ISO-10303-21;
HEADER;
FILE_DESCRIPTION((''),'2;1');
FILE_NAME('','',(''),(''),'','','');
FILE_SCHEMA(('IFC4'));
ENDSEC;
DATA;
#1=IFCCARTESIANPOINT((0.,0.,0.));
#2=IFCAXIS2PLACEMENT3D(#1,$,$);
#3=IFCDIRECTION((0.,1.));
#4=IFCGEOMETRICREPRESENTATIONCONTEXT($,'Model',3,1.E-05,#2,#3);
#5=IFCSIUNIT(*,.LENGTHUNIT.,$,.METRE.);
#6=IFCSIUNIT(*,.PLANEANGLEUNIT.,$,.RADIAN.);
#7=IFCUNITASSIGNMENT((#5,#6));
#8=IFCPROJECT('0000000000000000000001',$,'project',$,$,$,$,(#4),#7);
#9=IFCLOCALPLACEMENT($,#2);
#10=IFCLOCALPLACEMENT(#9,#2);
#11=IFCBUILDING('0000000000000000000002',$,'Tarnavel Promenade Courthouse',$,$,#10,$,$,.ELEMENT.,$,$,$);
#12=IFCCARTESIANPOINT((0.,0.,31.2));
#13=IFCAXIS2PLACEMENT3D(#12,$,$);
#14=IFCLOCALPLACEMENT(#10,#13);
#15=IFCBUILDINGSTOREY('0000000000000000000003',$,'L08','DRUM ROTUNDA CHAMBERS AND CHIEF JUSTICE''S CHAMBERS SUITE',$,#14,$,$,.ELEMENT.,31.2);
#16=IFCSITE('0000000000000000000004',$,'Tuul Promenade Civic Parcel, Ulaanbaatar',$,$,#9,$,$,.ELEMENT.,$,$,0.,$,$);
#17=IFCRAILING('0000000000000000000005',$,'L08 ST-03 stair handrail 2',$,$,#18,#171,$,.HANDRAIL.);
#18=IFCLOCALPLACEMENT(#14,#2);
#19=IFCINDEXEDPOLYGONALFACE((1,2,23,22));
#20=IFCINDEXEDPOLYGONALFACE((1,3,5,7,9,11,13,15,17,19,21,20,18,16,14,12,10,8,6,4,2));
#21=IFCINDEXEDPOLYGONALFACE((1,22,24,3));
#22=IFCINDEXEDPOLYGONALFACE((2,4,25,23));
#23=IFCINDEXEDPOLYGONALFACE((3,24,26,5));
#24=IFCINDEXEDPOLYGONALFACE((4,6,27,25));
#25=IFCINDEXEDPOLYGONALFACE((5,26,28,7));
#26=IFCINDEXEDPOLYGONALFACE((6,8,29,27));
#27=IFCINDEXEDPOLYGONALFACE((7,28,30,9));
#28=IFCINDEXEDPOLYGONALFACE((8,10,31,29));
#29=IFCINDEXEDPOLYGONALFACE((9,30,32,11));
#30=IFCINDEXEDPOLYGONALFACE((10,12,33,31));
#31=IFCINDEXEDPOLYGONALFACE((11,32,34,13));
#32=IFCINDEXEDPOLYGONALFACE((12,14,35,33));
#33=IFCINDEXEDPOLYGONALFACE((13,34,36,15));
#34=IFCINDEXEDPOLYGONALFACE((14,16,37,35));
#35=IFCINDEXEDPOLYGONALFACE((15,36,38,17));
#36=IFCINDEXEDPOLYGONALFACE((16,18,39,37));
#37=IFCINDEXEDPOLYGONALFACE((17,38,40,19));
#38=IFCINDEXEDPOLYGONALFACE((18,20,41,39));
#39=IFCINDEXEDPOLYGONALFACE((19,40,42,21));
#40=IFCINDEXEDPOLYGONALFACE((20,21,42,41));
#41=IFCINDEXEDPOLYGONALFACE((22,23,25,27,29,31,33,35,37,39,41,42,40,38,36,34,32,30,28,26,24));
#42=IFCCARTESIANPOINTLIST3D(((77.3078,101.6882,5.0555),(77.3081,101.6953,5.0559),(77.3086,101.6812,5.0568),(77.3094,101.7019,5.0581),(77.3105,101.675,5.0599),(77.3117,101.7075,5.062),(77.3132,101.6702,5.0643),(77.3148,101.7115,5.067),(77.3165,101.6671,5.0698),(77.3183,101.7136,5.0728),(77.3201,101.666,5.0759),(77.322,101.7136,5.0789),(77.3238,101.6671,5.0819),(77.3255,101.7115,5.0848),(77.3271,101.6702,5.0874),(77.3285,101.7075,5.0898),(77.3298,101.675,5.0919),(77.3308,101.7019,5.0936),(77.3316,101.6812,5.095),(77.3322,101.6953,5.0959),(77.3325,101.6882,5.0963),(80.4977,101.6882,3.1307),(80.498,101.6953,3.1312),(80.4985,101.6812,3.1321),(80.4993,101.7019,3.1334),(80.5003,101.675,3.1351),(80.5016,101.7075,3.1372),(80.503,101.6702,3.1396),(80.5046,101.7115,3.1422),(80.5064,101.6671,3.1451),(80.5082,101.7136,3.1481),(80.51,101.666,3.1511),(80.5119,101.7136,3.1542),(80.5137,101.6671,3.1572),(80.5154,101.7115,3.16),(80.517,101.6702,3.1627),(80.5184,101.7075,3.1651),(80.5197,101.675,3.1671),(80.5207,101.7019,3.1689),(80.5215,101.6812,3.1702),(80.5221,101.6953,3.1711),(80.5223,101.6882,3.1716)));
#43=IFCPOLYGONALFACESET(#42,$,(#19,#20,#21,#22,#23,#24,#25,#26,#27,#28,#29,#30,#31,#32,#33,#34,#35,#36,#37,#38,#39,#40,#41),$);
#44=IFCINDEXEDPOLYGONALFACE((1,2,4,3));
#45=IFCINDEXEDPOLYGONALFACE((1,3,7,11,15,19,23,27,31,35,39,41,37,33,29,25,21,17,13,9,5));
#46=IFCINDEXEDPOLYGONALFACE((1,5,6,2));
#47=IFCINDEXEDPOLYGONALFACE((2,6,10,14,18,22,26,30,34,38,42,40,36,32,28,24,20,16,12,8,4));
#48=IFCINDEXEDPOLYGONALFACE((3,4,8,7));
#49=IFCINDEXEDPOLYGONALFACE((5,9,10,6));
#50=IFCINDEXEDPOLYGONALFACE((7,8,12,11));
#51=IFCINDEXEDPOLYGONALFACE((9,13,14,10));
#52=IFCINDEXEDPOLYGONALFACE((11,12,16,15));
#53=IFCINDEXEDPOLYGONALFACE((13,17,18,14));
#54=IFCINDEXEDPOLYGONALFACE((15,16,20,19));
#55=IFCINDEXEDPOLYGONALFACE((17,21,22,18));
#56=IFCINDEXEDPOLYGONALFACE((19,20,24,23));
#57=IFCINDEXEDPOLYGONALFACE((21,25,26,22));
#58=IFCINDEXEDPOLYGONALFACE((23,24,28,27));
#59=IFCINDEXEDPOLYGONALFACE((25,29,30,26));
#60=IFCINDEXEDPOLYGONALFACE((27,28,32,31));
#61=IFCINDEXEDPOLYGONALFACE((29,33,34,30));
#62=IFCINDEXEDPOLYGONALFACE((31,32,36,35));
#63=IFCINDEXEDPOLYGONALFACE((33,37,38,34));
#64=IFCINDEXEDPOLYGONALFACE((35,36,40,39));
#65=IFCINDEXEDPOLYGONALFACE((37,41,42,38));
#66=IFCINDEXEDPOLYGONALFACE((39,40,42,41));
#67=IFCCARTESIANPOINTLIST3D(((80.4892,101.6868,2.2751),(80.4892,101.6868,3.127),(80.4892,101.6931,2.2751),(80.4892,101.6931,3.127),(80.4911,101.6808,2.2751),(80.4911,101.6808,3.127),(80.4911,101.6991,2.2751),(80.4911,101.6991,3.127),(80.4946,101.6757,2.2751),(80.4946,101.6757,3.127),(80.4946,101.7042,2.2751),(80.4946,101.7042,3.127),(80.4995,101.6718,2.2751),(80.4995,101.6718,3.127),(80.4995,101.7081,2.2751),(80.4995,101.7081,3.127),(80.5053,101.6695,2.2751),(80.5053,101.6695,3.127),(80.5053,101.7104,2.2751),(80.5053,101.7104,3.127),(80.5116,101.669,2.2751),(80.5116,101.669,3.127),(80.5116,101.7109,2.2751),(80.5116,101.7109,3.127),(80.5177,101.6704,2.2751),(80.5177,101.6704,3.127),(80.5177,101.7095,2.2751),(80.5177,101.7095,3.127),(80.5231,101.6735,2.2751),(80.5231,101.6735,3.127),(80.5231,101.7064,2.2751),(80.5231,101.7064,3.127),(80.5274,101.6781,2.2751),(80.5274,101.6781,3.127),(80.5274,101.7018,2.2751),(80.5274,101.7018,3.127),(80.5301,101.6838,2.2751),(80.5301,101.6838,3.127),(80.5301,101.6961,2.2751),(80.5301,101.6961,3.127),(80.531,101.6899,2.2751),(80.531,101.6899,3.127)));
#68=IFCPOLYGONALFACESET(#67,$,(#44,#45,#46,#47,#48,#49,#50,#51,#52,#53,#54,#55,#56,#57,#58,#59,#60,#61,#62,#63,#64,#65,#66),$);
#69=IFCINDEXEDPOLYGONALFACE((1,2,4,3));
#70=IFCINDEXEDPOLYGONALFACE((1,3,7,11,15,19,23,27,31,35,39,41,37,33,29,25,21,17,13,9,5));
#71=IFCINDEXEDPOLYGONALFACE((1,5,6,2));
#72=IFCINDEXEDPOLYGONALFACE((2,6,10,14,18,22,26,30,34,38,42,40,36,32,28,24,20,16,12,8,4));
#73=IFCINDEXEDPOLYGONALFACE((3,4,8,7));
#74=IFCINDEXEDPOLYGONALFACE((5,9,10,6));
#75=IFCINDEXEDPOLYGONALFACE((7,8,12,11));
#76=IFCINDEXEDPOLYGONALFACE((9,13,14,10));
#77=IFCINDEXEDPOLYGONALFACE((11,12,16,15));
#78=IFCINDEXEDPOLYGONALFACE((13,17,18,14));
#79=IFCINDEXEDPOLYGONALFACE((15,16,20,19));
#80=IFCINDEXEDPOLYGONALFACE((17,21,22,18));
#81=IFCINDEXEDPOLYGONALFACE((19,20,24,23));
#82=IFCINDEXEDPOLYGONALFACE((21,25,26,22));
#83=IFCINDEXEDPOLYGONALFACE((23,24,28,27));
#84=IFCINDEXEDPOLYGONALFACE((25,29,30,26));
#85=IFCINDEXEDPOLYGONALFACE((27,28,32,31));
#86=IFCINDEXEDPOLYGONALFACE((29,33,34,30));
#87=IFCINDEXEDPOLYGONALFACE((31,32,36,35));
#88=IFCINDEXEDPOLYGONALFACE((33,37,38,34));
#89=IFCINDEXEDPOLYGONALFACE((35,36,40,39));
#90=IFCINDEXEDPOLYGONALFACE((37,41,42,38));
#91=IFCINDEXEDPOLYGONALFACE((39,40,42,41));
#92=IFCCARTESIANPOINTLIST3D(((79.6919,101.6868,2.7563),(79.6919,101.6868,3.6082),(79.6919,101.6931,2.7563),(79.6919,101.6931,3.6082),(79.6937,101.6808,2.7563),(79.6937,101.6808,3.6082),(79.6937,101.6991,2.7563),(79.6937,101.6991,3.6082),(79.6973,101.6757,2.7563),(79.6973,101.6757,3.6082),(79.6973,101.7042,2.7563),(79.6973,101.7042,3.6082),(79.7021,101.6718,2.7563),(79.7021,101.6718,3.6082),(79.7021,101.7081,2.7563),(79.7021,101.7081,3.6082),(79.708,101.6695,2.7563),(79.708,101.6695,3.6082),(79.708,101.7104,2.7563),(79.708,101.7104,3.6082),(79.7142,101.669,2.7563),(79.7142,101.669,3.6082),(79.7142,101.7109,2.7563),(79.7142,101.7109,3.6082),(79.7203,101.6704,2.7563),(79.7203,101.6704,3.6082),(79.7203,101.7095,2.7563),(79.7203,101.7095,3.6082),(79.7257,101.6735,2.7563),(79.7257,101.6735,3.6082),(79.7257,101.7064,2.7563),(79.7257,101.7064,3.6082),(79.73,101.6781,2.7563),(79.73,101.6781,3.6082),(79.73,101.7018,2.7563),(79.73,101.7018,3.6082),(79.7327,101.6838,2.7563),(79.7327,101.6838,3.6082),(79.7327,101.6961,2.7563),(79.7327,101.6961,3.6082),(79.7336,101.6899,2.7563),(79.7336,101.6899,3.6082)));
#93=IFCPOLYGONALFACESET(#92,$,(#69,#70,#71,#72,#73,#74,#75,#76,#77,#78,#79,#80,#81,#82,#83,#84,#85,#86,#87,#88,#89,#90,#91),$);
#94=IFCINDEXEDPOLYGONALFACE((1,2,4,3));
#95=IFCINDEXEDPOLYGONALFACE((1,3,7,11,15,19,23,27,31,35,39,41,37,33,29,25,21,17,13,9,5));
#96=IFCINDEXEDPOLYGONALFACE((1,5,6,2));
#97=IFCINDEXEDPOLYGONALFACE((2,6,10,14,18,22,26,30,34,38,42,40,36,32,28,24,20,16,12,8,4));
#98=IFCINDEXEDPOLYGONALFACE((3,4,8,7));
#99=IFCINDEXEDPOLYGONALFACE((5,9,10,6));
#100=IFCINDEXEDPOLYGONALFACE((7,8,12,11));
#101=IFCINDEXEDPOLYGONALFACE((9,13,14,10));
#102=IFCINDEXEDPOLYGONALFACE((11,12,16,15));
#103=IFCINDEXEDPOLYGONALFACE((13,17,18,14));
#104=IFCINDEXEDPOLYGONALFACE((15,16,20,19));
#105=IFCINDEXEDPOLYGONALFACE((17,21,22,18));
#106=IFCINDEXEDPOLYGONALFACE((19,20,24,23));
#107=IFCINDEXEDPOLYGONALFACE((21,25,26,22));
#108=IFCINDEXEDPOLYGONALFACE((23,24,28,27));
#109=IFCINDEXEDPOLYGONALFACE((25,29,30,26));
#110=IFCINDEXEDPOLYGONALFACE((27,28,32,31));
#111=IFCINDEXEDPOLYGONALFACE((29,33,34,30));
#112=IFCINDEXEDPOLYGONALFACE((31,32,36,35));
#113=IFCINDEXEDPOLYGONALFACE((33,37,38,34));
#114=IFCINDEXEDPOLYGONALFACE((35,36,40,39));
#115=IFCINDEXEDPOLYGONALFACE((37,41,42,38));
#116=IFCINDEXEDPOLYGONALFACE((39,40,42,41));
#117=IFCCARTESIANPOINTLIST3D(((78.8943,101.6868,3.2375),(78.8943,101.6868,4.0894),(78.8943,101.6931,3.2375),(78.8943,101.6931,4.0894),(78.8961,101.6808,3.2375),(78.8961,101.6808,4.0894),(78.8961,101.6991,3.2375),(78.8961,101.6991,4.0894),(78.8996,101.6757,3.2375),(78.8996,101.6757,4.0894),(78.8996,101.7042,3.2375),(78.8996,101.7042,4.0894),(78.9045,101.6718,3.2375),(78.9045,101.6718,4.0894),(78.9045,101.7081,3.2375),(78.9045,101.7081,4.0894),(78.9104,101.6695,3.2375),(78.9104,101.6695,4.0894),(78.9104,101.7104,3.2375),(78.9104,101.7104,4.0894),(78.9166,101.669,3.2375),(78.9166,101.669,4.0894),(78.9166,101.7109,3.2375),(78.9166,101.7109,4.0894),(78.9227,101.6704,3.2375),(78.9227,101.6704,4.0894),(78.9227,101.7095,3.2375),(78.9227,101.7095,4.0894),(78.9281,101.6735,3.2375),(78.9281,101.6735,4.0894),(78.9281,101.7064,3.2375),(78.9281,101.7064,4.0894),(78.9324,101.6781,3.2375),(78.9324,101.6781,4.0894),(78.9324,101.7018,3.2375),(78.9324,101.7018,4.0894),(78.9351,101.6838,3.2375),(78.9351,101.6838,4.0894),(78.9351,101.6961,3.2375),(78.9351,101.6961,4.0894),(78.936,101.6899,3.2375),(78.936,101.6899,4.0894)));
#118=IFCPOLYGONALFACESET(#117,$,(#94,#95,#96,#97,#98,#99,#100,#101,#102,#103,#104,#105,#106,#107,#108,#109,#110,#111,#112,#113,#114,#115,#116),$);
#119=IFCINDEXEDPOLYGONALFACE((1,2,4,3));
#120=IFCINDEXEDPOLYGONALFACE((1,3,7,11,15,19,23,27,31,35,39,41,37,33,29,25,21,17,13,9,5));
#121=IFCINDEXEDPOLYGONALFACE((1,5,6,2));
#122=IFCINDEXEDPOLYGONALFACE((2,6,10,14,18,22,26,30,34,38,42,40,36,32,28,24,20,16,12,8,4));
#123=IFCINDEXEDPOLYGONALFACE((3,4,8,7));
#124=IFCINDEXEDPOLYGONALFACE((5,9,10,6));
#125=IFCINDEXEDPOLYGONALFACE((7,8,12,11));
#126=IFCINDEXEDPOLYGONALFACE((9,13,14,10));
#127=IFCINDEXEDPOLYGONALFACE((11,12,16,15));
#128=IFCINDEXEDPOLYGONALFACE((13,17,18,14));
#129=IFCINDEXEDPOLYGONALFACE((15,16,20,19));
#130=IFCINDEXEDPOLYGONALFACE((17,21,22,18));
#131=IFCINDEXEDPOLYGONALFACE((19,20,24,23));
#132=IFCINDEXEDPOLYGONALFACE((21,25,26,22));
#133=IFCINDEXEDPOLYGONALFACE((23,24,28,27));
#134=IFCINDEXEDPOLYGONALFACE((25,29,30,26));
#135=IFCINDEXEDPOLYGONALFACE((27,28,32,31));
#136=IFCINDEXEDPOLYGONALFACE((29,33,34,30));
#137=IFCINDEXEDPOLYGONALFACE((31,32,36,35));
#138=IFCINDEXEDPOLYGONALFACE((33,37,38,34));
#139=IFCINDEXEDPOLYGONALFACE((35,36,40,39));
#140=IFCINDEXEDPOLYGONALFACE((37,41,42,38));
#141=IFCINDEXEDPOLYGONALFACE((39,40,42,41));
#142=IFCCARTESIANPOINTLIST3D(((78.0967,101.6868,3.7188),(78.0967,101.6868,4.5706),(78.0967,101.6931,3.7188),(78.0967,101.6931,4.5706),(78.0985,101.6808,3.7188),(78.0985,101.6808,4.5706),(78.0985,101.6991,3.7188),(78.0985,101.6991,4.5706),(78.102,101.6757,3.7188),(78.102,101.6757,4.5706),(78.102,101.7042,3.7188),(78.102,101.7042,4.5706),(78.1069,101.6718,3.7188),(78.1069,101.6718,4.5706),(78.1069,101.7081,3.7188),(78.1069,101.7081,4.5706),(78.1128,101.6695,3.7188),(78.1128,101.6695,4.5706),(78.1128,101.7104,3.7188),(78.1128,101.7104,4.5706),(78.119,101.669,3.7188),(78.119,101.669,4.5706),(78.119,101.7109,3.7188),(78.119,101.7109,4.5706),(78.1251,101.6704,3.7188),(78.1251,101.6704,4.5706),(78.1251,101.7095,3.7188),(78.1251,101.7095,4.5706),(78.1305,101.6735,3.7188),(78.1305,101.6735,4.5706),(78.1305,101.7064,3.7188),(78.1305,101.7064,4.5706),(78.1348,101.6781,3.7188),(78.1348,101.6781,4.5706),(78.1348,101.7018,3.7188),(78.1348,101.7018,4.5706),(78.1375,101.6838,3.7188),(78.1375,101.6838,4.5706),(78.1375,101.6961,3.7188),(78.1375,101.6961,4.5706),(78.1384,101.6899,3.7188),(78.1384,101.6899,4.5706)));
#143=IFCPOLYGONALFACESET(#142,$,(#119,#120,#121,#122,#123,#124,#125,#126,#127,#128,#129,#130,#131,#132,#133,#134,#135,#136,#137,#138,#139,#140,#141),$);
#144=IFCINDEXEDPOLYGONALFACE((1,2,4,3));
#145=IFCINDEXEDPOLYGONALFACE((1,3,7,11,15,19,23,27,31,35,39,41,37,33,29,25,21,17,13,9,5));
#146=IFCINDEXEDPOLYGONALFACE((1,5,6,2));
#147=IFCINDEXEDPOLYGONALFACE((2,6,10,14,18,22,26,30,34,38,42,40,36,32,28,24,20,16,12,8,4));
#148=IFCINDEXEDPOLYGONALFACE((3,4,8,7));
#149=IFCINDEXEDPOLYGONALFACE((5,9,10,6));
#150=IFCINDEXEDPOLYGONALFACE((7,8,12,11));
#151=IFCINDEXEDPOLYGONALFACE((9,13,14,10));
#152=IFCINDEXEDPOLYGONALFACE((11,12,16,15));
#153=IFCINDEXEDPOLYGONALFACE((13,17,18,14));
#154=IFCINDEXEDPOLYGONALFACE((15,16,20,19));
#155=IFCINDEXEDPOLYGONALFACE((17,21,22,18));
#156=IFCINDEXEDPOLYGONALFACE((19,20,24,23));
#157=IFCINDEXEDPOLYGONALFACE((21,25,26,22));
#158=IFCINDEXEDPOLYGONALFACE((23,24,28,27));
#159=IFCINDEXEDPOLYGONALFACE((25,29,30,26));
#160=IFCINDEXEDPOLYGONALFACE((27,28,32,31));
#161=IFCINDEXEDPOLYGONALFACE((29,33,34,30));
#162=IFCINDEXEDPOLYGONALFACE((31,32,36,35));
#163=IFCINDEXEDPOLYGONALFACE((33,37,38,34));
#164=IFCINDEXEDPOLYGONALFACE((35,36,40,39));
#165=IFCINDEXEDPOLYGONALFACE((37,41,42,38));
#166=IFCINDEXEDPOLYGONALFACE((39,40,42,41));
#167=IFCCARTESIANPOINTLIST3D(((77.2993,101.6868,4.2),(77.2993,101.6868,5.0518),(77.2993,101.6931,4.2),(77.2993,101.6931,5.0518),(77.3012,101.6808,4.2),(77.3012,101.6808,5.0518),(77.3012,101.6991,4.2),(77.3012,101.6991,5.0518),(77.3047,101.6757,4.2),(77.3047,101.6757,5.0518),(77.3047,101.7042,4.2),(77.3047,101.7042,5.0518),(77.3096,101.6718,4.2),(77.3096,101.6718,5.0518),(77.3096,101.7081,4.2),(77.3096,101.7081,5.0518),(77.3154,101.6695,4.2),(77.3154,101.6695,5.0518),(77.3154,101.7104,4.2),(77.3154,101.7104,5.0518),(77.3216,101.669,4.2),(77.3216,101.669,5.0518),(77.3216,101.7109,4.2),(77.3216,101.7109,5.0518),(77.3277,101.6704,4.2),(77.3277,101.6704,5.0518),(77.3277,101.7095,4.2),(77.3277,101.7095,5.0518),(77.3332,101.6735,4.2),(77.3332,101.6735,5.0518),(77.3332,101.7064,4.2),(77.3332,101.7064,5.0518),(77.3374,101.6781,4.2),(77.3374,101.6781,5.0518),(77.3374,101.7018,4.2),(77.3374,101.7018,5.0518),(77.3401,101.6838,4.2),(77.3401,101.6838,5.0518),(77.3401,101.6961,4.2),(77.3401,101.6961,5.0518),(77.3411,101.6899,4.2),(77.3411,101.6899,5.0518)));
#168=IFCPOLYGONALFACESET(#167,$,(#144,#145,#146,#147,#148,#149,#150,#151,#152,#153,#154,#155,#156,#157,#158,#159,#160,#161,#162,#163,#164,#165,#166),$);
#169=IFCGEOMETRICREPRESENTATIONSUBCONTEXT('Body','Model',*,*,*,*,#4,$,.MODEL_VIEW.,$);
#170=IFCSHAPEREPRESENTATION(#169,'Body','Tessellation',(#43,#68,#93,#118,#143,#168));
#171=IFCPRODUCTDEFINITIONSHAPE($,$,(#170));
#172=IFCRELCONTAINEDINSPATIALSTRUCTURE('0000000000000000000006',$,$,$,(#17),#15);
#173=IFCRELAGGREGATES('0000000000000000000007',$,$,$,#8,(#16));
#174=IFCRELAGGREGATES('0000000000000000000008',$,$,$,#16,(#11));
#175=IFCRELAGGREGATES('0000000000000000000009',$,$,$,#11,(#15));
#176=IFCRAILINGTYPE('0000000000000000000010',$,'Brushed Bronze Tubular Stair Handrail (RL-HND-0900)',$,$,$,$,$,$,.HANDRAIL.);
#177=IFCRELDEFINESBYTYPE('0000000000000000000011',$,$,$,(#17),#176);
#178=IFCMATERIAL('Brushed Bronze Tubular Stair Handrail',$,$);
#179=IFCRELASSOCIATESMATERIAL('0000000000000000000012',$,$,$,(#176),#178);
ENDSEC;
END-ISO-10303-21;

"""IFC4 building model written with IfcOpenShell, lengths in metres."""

from ifc_helpers import new_model, si_unit, direction, frame, origin, origin_2d, place, context, subcontext, project, spatial, circle, extrude, material, type_object, element, save


model = new_model("IFC4")

# Units and contexts
model_context = context("Model", 3, precision=1e-05, world=origin(), true_north=direction((0.0, 1.0)))
body_context = subcontext(model_context, "Body", "Model", "MODEL_VIEW")
ifc_project = project(units=[si_unit("LENGTHUNIT", "METRE"), si_unit("PLANEANGLEUNIT", "RADIAN")], contexts=[model_context])

# Site, building, storey
site_placement = place(None, origin())
site = spatial("IfcSite", under=ifc_project, at=site_placement, Name="Tuul Promenade Civic Parcel, Ulaanbaatar", CompositionType="ELEMENT", RefElevation=0.0)
building_placement = place(site_placement, origin())
building = spatial("IfcBuilding", under=site, at=building_placement, Name="Tarnavel Promenade Courthouse", CompositionType="ELEMENT")
storey_placement = place(building_placement, frame((0.0, 0.0, 31.2)))
storey = spatial("IfcBuildingStorey", under=building, at=storey_placement, Name="L08", Description="DRUM ROTUNDA CHAMBERS AND CHIEF JUSTICE'S CHAMBERS SUITE", CompositionType="ELEMENT", Elevation=31.2)

# Railing
ifc_material_1 = material(Name="Brushed Bronze Tubular Stair Handrail")
railing_type_1 = type_object("IfcRailingType", Name="Brushed Bronze Tubular Stair Handrail (RL-HND-0900)", PredefinedType="HANDRAIL", material=ifc_material_1)
railing_1_placement = place(storey_placement, frame((80.51, 101.6899, 2.2751)))
element("IfcRailing", 1, at=railing_1_placement, inside=storey, type_object=railing_type_1, Name="L08 ST-03 stair handrail 2", PredefinedType="HANDRAIL", context=body_context, shape_type="SweptSolid", body=[
    extrude(circle(Radius=0.0239, at=origin_2d()), frame((0.0, 0.0, 0.876), z_axis=(-0.856207, 0.0, 0.516633), x_axis=(0.0, -1.0, 0.0)), (0.0, 0.0, 1.0), 3.7256),
    extrude(circle(Radius=0.021, at=origin_2d()), origin(), (0.0, 0.0, 1.0), 0.8518),
    extrude(circle(Radius=0.021, at=origin_2d()), frame((-0.7974, 0.0, 0.4812)), (0.0, 0.0, 1.0), 0.8518),
    extrude(circle(Radius=0.021, at=origin_2d()), frame((-1.595, 0.0, 0.9624)), (0.0, 0.0, 1.0), 0.8518),
    extrude(circle(Radius=0.021, at=origin_2d()), frame((-2.3926, 0.0, 1.4436)), (0.0, 0.0, 1.0), 0.8518),
    extrude(circle(Radius=0.021, at=origin_2d()), frame((-3.1899, 0.0, 1.9248)), (0.0, 0.0, 1.0), 0.8518),
])

save(model, "model.ifc")
